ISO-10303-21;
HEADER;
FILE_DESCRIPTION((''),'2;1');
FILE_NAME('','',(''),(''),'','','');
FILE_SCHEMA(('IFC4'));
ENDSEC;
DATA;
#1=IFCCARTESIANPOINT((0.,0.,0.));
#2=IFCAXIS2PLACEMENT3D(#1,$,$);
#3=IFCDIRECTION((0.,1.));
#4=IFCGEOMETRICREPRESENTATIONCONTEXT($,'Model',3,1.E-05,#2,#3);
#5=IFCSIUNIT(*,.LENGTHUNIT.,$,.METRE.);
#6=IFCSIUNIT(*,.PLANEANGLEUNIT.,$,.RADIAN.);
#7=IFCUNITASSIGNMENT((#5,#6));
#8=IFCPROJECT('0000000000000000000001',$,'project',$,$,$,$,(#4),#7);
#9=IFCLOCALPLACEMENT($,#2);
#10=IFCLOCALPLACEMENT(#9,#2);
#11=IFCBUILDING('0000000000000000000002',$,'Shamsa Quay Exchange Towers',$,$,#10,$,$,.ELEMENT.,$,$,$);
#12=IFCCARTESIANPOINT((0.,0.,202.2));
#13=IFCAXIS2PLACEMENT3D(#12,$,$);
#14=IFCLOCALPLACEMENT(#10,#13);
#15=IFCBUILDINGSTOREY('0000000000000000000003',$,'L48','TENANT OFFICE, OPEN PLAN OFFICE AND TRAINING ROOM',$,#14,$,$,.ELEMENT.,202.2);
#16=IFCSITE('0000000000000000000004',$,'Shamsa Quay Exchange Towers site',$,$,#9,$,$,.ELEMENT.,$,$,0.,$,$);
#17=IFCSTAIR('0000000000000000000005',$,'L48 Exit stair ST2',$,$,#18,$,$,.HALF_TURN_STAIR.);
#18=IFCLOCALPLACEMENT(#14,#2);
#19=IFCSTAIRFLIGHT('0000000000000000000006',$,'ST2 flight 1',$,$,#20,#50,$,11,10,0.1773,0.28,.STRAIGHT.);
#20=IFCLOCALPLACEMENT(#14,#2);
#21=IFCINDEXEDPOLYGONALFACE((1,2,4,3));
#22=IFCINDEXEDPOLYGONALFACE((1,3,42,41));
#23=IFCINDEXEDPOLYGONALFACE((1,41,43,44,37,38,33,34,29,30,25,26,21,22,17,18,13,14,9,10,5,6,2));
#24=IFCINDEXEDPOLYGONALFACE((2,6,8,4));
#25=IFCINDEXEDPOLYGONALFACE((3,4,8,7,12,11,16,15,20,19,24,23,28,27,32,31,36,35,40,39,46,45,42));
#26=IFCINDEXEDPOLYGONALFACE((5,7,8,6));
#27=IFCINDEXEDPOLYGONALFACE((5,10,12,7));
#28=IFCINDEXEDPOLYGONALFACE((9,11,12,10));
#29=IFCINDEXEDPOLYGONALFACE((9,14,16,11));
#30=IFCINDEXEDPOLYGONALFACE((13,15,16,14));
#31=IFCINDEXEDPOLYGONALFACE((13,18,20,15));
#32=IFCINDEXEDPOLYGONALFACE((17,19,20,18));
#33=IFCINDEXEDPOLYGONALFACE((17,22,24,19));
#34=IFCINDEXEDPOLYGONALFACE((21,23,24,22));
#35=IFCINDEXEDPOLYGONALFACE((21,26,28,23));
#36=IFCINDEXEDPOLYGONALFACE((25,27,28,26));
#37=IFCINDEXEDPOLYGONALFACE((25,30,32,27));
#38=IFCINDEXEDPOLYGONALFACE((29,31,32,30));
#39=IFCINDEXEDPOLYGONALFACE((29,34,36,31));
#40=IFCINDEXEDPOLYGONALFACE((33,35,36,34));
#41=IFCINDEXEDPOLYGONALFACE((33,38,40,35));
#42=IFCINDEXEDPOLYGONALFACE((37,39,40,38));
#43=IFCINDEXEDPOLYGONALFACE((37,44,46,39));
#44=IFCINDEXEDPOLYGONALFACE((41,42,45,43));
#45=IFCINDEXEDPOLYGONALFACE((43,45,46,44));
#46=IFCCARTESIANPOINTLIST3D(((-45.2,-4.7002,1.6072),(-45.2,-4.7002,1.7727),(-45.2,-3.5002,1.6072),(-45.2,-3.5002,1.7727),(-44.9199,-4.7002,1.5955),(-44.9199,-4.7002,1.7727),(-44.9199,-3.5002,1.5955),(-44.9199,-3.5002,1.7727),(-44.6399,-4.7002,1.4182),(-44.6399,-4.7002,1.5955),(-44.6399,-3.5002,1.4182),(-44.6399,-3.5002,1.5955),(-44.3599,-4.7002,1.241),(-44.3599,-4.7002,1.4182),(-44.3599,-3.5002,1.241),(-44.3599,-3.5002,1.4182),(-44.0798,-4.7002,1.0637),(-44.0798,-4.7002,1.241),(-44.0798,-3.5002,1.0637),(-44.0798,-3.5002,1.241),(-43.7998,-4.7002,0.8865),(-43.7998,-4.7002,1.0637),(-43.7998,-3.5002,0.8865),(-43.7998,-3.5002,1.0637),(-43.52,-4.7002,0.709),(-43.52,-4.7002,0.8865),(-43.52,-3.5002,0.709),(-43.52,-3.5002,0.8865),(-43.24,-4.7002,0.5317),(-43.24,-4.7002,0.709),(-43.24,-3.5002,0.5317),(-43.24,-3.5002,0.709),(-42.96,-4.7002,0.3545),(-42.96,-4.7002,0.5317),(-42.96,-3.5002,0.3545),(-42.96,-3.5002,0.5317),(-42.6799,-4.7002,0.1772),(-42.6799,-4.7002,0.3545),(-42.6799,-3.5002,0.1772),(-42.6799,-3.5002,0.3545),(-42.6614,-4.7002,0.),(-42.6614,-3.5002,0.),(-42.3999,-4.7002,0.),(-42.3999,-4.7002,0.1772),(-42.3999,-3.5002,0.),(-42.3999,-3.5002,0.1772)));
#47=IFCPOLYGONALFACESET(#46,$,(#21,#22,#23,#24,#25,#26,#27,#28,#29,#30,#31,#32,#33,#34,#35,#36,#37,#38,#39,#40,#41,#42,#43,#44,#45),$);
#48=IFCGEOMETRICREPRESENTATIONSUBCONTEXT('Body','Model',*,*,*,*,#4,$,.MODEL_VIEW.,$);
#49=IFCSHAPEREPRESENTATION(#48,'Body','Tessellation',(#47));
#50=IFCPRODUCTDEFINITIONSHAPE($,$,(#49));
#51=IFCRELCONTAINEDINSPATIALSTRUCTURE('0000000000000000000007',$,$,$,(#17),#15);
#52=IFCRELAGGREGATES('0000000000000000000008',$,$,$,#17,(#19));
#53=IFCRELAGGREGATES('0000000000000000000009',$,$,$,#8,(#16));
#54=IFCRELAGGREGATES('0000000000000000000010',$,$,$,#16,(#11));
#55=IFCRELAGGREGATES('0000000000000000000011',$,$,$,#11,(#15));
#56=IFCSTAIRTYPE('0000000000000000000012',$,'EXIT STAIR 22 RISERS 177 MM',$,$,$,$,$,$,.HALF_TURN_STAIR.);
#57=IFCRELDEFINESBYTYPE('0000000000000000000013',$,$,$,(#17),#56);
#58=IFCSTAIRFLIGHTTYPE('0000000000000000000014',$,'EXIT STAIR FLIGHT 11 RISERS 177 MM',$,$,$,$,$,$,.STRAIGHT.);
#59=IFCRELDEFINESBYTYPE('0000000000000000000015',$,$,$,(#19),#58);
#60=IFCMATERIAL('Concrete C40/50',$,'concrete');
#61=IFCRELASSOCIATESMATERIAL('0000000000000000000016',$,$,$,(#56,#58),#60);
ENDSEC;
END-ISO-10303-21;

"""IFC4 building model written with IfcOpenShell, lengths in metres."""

from ifc_helpers import new_model, si_unit, direction, frame, origin, place, context, subcontext, project, spatial, polyline, outline, extrude, material, type_object, element, aggregate, save


model = new_model("IFC4")

# Units and contexts
model_context = context("Model", 3, precision=1e-05, world=origin(), true_north=direction((0.0, 1.0)))
body_context = subcontext(model_context, "Body", "Model", "MODEL_VIEW")
ifc_project = project(units=[si_unit("LENGTHUNIT", "METRE"), si_unit("PLANEANGLEUNIT", "RADIAN")], contexts=[model_context])

# Site, building, storey
site_placement = place(None, origin())
site = spatial("IfcSite", under=ifc_project, at=site_placement, Name="Shamsa Quay Exchange Towers site", CompositionType="ELEMENT", RefElevation=0.0)
building_placement = place(site_placement, origin())
building = spatial("IfcBuilding", under=site, at=building_placement, Name="Shamsa Quay Exchange Towers", CompositionType="ELEMENT")
storey_placement = place(building_placement, frame((0.0, 0.0, 202.2)))
storey = spatial("IfcBuildingStorey", under=building, at=storey_placement, Name="L48", Description="TENANT OFFICE, OPEN PLAN OFFICE AND TRAINING ROOM", CompositionType="ELEMENT", Elevation=202.2)

# Stair, stair flight
ifc_material_1 = material(Name="Concrete C40/50", Category="concrete")
stair_type = type_object("IfcStairType", Name="EXIT STAIR 22 RISERS 177 MM", PredefinedType="HALF_TURN_STAIR", material=ifc_material_1)
stair_placement = place(storey_placement, origin())
stair = element("IfcStair", 1, at=stair_placement, inside=storey, type_object=stair_type, Name="L48 Exit stair ST2", PredefinedType="HALF_TURN_STAIR")
stair_flight_type = type_object("IfcStairFlightType", Name="EXIT STAIR FLIGHT 11 RISERS 177 MM", PredefinedType="STRAIGHT", material=ifc_material_1)
stair_flight_placement = place(storey_placement, frame((-42.3999, -4.1001, 0.0), z_axis=(0.0, 0.0, 1.0), x_axis=(-1.0, 0.0, 0.0)))
stair_flight = element("IfcStairFlight", 2, at=stair_flight_placement, type_object=stair_flight_type, Name="ST2 flight 1", NumberOfRisers=11, NumberOfTreads=10, PredefinedType="STRAIGHT", RiserHeight=0.1773, TreadLength=0.28, context=body_context, shape_type="SweptSolid", body=[
    extrude(outline(polyline([(0.0, 0.0), (0.0, 0.1772), (0.28, 0.1772), (0.28, 0.3545), (0.5601, 0.3545), (0.5601, 0.5317), (0.8401, 0.5317), (0.8401, 0.709), (1.1201, 0.709), (1.1201, 0.8865), (1.3999, 0.8865), (1.3999, 1.0637), (1.6799, 1.0637), (1.6799, 1.241), (1.96, 1.241), (1.96, 1.4182), (2.24, 1.4182), (2.24, 1.5955), (2.52, 1.5955), (2.52, 1.7727), (2.8, 1.7727), (2.8, 1.95), (2.8, 1.6072), (0.2615, 0.0), (0.0, 0.0)])), frame((0.0, 0.6001, 0.0), z_axis=(0.0, -1.0, 0.0), x_axis=(1.0, 0.0, 0.0)), (0.0, 0.0, 1.0), 1.2),
])
aggregate(stair, [stair_flight])

save(model, "model.ifc")
